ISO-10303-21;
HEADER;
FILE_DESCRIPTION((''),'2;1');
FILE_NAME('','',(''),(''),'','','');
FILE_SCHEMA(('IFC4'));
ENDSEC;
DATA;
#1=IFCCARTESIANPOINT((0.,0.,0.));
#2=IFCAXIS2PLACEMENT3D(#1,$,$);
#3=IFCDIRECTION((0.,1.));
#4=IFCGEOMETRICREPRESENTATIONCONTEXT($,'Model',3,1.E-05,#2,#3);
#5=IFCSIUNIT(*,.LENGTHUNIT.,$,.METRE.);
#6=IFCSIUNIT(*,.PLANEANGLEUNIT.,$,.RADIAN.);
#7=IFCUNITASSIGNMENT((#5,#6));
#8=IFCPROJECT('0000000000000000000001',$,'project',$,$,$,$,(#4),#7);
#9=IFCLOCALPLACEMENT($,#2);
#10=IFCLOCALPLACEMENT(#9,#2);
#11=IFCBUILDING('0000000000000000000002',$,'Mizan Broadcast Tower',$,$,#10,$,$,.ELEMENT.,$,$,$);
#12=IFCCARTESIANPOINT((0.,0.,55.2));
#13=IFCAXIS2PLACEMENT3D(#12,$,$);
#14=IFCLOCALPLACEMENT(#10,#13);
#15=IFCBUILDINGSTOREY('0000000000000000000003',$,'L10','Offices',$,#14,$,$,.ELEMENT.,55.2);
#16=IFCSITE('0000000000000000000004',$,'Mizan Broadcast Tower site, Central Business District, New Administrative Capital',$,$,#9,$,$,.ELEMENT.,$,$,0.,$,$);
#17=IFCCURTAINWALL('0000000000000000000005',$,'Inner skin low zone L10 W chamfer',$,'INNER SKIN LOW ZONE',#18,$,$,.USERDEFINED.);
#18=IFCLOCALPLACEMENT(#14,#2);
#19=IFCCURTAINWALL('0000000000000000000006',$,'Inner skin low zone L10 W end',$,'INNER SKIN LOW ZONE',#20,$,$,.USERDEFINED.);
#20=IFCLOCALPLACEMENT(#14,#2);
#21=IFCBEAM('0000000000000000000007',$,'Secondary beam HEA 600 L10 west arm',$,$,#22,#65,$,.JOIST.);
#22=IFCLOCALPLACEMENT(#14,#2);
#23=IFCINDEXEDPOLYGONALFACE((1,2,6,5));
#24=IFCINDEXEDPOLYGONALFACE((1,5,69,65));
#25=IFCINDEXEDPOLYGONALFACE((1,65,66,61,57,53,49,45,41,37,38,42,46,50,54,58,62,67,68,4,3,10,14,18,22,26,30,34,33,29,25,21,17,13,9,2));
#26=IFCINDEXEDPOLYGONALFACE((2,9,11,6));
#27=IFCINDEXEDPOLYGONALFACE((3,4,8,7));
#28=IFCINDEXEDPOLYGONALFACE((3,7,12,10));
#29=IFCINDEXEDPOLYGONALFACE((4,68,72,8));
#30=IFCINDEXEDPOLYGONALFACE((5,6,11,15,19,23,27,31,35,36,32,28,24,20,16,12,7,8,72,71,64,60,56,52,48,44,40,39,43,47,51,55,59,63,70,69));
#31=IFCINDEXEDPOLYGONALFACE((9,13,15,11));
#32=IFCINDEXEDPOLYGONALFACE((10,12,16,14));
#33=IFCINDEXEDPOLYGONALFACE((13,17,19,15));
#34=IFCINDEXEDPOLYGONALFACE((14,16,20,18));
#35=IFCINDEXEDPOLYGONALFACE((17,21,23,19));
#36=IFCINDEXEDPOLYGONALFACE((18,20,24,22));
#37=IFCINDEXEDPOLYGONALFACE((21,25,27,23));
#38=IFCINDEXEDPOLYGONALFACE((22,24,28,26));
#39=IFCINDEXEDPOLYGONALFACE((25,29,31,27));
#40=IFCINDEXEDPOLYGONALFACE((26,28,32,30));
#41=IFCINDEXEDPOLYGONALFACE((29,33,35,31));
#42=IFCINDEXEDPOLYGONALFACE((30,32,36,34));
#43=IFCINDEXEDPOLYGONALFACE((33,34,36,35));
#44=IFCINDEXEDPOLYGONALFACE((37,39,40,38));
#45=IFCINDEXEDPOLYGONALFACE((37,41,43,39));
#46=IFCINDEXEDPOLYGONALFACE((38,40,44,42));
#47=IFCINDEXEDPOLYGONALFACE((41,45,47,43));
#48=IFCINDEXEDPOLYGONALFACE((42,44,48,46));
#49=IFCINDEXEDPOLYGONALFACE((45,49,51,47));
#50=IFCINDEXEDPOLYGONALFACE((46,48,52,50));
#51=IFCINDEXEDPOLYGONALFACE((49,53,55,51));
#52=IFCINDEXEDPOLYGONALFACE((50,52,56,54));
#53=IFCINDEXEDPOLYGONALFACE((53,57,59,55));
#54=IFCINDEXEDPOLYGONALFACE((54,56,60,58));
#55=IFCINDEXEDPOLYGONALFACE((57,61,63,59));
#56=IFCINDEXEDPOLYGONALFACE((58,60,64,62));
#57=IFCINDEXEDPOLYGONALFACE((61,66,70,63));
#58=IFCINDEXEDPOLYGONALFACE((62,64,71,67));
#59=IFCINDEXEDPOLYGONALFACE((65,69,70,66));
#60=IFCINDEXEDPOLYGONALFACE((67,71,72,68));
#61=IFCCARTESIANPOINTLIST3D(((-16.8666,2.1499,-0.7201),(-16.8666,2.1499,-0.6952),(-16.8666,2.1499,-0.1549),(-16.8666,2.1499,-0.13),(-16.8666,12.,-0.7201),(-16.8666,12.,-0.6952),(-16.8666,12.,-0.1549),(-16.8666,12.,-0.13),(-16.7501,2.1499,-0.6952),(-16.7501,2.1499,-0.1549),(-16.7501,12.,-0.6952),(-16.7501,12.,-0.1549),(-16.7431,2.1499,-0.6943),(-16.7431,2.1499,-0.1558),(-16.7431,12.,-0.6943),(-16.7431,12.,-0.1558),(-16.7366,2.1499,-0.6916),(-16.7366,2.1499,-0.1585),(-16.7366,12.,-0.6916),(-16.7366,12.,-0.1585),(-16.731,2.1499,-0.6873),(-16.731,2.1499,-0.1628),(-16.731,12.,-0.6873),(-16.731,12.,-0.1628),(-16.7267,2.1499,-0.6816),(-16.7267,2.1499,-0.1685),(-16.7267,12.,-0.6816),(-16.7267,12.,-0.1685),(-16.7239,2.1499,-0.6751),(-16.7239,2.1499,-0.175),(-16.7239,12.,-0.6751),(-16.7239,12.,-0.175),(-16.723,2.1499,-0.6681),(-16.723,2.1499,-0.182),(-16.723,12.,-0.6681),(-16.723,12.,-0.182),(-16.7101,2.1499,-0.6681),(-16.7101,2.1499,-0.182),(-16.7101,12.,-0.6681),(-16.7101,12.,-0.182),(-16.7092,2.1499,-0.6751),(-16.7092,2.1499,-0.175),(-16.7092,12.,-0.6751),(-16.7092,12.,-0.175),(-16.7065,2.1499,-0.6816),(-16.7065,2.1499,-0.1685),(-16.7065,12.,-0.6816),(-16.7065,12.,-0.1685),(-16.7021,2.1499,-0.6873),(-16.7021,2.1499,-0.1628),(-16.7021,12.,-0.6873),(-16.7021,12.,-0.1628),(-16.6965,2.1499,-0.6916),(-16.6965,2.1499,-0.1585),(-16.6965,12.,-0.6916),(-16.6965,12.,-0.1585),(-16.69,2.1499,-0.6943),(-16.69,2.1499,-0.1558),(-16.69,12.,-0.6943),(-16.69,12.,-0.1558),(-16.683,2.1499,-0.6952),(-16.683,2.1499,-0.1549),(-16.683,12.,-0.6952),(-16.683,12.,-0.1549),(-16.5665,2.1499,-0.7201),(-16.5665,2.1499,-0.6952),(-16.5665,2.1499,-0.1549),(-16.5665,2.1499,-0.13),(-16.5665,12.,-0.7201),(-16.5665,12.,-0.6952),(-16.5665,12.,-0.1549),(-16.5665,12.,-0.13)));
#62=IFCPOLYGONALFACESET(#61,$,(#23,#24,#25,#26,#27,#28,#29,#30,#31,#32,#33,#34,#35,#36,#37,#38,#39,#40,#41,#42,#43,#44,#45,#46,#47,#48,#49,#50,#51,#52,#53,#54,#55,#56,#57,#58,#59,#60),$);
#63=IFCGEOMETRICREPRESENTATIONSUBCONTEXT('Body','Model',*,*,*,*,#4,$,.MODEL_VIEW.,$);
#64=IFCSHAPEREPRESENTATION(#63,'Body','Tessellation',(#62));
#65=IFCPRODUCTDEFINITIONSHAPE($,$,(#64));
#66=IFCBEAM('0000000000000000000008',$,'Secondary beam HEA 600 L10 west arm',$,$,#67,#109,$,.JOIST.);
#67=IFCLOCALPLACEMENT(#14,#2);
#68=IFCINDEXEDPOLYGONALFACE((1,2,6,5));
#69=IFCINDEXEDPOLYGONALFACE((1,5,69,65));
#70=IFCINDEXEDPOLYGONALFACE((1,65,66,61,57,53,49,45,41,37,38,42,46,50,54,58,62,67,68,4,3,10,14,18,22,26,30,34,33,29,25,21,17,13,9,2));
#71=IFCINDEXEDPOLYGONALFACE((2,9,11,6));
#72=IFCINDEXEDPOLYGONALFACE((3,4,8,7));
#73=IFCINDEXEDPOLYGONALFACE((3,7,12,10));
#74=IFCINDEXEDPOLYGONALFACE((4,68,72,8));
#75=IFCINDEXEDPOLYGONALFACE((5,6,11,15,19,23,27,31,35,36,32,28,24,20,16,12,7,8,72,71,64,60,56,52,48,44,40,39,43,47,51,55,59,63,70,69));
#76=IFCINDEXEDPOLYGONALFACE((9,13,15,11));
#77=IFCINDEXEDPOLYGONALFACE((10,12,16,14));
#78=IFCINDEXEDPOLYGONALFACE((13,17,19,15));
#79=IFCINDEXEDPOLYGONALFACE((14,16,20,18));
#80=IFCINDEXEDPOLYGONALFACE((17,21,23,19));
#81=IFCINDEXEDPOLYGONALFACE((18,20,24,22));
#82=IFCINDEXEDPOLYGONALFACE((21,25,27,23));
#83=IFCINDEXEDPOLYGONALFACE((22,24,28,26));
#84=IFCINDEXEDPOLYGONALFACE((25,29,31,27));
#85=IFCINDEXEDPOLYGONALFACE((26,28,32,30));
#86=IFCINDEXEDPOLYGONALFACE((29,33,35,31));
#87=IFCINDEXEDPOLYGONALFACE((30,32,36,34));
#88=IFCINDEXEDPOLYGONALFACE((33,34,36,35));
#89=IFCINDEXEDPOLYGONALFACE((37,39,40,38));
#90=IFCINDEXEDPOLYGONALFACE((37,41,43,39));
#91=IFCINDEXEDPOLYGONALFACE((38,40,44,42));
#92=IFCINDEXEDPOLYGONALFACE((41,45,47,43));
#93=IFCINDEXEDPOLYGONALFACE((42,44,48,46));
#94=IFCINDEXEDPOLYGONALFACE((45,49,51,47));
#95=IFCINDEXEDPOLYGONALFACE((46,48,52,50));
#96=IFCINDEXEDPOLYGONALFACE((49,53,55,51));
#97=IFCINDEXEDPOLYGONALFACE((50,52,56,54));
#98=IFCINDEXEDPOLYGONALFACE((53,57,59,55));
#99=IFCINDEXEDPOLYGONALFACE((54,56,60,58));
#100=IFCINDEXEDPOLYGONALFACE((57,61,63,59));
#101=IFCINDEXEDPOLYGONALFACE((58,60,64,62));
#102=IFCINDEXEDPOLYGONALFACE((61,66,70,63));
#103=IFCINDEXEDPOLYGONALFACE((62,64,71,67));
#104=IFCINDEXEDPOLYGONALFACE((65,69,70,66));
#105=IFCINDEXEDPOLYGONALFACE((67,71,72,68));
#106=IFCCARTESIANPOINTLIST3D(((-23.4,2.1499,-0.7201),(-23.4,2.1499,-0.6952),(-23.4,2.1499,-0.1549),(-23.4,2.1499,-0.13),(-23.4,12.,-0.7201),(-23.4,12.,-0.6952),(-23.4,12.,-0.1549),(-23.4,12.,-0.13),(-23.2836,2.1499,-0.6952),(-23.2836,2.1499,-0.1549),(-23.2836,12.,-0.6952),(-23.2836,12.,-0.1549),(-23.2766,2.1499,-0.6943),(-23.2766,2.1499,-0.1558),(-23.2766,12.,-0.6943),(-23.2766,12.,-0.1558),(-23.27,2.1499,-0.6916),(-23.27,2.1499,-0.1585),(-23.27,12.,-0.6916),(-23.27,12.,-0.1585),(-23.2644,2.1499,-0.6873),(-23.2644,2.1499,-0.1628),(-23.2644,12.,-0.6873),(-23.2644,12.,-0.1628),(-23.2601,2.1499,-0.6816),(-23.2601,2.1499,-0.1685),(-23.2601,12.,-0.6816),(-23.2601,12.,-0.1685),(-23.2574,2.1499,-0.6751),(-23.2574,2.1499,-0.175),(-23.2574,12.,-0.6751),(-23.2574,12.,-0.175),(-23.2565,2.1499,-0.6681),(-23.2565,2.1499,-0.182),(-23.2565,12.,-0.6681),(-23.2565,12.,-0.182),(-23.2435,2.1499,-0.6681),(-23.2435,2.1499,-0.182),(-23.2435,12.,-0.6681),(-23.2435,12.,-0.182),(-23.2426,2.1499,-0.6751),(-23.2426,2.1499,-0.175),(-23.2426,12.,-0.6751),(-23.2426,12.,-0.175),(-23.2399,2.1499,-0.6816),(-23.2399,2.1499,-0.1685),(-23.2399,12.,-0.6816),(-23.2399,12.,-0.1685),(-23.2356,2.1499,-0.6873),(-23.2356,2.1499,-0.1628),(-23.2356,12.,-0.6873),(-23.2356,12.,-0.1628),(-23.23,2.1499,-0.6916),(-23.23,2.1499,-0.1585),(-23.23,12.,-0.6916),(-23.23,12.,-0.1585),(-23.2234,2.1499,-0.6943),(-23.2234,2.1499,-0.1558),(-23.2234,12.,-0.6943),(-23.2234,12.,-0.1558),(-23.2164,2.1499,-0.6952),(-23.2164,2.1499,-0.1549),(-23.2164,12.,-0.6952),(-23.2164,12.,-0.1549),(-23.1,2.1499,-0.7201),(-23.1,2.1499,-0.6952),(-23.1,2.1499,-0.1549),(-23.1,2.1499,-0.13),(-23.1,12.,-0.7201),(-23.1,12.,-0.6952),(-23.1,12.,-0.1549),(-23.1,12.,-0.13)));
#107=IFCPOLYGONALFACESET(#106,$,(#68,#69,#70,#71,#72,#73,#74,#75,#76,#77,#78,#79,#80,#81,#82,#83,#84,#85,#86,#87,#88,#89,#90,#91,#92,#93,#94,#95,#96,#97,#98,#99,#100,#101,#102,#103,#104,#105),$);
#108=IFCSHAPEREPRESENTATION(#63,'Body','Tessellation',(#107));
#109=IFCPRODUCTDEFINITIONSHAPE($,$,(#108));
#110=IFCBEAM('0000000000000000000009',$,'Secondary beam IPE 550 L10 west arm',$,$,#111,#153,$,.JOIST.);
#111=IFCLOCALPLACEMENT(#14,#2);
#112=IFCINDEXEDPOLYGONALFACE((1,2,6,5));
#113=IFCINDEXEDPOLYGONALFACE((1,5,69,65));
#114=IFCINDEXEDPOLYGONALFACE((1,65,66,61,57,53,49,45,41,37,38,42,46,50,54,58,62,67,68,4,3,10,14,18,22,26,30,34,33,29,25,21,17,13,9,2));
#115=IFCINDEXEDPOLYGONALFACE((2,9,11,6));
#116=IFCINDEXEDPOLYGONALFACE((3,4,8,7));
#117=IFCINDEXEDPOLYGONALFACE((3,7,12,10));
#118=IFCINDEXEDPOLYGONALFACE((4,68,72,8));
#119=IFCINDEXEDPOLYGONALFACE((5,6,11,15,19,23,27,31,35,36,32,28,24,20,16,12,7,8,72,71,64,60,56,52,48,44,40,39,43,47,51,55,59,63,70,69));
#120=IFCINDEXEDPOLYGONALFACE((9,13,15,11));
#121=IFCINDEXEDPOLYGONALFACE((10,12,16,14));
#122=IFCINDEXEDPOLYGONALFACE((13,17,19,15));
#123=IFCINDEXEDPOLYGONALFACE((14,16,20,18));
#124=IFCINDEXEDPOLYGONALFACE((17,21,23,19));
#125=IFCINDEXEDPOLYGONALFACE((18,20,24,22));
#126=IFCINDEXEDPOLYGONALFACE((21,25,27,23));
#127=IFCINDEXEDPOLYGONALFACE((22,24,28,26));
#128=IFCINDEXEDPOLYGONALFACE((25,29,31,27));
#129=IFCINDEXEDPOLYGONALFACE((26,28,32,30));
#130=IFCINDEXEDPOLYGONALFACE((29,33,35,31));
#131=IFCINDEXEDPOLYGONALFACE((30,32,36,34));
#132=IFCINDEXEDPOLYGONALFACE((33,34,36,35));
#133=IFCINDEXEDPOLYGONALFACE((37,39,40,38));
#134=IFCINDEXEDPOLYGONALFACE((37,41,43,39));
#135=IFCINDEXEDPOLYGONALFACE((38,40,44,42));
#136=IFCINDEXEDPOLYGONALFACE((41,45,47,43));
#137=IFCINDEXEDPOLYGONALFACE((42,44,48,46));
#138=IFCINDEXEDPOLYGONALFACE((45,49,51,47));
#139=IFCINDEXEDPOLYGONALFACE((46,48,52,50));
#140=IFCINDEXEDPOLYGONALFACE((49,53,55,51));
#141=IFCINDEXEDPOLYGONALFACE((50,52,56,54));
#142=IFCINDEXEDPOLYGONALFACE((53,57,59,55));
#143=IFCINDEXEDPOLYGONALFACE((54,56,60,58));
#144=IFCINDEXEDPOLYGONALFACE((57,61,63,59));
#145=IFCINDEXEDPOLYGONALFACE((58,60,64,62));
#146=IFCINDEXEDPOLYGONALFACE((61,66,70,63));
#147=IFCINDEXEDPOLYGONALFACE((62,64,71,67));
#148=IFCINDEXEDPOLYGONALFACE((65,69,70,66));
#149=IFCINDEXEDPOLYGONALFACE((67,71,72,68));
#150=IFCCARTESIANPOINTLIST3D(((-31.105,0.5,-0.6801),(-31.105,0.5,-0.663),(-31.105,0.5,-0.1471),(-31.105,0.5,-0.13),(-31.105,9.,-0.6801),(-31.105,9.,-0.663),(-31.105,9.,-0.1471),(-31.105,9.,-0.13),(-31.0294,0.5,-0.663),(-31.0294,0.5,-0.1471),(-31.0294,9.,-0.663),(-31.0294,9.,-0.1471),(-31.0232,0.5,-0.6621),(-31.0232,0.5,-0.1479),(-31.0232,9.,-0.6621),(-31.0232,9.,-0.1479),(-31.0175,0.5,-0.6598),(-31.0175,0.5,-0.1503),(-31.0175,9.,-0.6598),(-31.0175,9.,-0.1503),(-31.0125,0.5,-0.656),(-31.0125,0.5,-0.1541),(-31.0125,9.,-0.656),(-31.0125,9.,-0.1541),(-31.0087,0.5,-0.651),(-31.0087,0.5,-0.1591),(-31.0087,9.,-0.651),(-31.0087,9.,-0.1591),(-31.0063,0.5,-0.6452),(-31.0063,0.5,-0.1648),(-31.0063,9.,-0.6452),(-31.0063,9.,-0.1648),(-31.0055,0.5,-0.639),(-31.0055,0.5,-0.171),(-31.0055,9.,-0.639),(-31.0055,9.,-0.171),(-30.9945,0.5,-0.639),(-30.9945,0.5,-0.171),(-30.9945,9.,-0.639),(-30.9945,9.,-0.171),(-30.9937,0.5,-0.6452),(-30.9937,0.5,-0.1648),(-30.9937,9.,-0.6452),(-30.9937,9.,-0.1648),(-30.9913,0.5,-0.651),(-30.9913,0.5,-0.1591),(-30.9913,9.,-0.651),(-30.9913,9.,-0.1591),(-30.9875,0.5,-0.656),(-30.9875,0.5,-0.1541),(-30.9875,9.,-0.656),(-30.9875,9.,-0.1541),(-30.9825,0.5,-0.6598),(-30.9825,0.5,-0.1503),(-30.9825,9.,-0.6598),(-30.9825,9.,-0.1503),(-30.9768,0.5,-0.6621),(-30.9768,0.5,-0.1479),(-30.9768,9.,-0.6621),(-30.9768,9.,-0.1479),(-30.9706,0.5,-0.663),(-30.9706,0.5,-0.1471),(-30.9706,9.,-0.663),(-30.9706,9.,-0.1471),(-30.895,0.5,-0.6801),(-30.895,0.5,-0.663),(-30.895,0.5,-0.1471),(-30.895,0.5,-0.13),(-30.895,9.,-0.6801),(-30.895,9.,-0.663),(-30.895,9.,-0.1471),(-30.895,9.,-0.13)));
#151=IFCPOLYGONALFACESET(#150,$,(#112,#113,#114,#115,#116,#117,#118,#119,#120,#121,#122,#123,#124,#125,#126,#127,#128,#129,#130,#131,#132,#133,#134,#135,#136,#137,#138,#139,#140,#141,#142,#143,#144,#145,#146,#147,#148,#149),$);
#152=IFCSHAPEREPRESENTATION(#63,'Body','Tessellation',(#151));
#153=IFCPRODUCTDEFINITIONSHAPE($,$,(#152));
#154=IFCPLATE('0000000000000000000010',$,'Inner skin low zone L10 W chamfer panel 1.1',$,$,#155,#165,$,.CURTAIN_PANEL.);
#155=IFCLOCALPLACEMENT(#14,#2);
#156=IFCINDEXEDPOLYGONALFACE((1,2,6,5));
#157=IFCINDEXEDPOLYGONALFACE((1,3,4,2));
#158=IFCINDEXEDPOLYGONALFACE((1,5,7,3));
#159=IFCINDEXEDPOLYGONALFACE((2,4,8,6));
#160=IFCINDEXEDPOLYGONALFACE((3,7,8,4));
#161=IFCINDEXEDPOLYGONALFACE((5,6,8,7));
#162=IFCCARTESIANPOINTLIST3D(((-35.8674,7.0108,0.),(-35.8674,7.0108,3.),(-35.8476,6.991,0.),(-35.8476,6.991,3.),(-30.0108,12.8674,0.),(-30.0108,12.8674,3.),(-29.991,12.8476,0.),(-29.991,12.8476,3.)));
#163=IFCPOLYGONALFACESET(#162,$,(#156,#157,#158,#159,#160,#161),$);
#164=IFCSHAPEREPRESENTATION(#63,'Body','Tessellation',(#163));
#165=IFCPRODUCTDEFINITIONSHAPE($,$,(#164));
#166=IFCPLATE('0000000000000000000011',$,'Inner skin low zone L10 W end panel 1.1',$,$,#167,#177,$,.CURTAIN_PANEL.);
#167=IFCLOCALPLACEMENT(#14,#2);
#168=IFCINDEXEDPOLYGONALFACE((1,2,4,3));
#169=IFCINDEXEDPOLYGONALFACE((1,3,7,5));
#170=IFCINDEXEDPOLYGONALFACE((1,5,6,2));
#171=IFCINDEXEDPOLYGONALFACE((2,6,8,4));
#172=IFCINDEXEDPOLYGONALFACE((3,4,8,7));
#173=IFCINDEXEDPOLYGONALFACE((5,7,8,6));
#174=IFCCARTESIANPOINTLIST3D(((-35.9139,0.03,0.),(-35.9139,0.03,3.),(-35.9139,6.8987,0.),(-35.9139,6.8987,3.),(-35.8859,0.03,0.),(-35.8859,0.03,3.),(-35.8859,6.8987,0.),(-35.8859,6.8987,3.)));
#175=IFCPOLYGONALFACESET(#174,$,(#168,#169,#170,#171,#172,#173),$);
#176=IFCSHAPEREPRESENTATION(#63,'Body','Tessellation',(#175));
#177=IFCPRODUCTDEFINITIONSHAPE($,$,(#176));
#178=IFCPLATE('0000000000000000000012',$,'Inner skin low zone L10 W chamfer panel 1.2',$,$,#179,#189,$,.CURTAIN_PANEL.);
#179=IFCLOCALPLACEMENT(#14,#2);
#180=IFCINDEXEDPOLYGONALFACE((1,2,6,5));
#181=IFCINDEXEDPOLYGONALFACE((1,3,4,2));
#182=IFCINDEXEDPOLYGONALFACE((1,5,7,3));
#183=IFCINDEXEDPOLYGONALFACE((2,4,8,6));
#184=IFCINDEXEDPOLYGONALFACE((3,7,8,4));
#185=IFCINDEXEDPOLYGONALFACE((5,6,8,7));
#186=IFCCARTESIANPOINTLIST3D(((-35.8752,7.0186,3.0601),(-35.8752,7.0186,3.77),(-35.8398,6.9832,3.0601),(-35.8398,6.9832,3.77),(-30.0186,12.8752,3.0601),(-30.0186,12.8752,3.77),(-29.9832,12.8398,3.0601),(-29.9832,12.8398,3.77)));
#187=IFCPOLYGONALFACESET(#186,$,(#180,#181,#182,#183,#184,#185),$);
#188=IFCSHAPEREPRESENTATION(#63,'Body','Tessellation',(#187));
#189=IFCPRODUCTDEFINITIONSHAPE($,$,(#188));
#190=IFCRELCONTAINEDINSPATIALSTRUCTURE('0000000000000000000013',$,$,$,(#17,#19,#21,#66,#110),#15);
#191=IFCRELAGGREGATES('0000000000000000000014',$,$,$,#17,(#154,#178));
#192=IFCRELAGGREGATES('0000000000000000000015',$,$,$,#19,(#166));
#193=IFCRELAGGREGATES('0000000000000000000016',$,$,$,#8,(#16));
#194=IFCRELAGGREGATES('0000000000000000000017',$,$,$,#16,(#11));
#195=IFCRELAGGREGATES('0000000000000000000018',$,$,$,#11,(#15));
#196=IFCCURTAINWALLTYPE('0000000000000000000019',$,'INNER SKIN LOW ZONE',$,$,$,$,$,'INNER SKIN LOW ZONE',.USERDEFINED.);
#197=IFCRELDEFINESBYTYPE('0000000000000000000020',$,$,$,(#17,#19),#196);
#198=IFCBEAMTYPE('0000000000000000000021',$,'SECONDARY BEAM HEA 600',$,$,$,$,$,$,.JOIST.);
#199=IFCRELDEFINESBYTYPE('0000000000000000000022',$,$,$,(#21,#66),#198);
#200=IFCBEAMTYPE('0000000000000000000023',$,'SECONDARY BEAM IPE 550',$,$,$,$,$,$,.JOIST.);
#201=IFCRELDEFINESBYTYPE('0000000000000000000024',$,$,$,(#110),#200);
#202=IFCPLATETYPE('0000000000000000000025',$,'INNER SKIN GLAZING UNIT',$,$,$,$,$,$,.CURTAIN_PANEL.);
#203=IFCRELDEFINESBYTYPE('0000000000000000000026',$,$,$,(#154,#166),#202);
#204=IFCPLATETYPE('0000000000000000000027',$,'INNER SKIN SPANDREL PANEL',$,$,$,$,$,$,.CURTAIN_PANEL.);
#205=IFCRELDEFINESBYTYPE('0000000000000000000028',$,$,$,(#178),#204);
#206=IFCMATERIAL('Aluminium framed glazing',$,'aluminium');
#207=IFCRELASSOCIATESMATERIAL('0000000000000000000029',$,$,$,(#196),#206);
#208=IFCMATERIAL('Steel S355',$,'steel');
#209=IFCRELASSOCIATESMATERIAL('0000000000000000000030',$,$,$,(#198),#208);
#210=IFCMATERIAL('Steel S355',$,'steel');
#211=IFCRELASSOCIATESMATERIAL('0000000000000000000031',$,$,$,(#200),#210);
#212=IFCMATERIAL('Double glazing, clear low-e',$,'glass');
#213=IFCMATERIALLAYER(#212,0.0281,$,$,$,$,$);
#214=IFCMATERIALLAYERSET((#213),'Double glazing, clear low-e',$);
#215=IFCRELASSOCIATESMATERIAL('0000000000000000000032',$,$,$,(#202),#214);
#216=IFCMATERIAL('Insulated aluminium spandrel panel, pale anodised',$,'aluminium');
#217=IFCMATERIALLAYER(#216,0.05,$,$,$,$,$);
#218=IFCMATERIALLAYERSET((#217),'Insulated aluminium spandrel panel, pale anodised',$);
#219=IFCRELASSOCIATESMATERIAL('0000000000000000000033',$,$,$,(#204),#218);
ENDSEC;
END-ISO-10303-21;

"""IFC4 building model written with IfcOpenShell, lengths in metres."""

from ifc_helpers import new_model, si_unit, direction, frame, origin, origin_2d, place, context, subcontext, project, spatial, rectangle, i_section, extrude, material, layer, layer_set, material_profile, profile_set, type_object, element, aggregate, save


model = new_model("IFC4")

# Units and contexts
model_context = context("Model", 3, precision=1e-05, world=origin(), true_north=direction((0.0, 1.0)))
body_context = subcontext(model_context, "Body", "Model", "MODEL_VIEW")
ifc_project = project(units=[si_unit("LENGTHUNIT", "METRE"), si_unit("PLANEANGLEUNIT", "RADIAN")], contexts=[model_context])

# Site, building, storey
site_placement = place(None, origin())
site = spatial("IfcSite", under=ifc_project, at=site_placement, Name="Mizan Broadcast Tower site, Central Business District, New Administrative Capital", CompositionType="ELEMENT", RefElevation=0.0)
building_placement = place(site_placement, origin())
building = spatial("IfcBuilding", under=site, at=building_placement, Name="Mizan Broadcast Tower", CompositionType="ELEMENT")
storey_placement = place(building_placement, frame((0.0, 0.0, 55.2)))
storey = spatial("IfcBuildingStorey", under=building, at=storey_placement, Name="L10", Description="Offices", CompositionType="ELEMENT", Elevation=55.2)

# Curtain walls
ifc_material_1 = material(Name="Aluminium framed glazing", Category="aluminium")
curtain_wall_type_1 = type_object("IfcCurtainWallType", Name="INNER SKIN LOW ZONE", ElementType="INNER SKIN LOW ZONE", PredefinedType="USERDEFINED", material=ifc_material_1)
curtain_wall_1_placement = place(storey_placement, origin())
curtain_wall_1 = element("IfcCurtainWall", 1, at=curtain_wall_1_placement, inside=storey, type_object=curtain_wall_type_1, Name="Inner skin low zone L10 W chamfer", ObjectType="INNER SKIN LOW ZONE", PredefinedType="USERDEFINED")
curtain_wall_2_placement = place(storey_placement, origin())
curtain_wall_2 = element("IfcCurtainWall", 2, at=curtain_wall_2_placement, inside=storey, type_object=curtain_wall_type_1, Name="Inner skin low zone L10 W end", ObjectType="INNER SKIN LOW ZONE", PredefinedType="USERDEFINED")

# Beams
ifc_material_2 = material(Name="Steel S355", Category="steel")
ifc_material_profile_1 = material_profile(ifc_material_2, i_section(OverallWidth=0.3, OverallDepth=0.5901, WebThickness=0.0129, FlangeThickness=0.0249, FilletRadius=0.0271, at=origin_2d()), Name="HEA 600")
ifc_profile_set_1 = profile_set([ifc_material_profile_1], Name="Steel S355")
beam_type_1 = type_object("IfcBeamType", Name="SECONDARY BEAM HEA 600", PredefinedType="JOIST", material=ifc_profile_set_1)
for number, where, z_axis, x_axis, name in (
    (3, (-16.7166, 12.0, -0.425), (0.0, -1.0, 0.0), (1.0, 0.0, 0.0), "Secondary beam HEA 600 L10 west arm"),
    (4, (-23.25, 12.0, -0.425), (0.0, -1.0, 0.0), (1.0, 0.0, 0.0), "Secondary beam HEA 600 L10 west arm"),
):
    element("IfcBeam", number, at=place(storey_placement, frame(where, z_axis=z_axis, x_axis=x_axis)), inside=storey, type_object=beam_type_1, Name=name, PredefinedType="JOIST", context=body_context, shape_type="SweptSolid", body=[
        extrude(i_section(OverallWidth=0.3, OverallDepth=0.5901, WebThickness=0.0129, FlangeThickness=0.0249, FilletRadius=0.0271, at=origin_2d()), origin(), (0.0, 0.0, 1.0), 9.8501),
    ])
ifc_material_3 = material(Name="Steel S355", Category="steel")
ifc_material_profile_2 = material_profile(ifc_material_3, i_section(OverallWidth=0.21, OverallDepth=0.55, WebThickness=0.011, FlangeThickness=0.0171, FilletRadius=0.0239, at=origin_2d()), Name="IPE 550")
ifc_profile_set_2 = profile_set([ifc_material_profile_2], Name="Steel S355")
beam_type_2 = type_object("IfcBeamType", Name="SECONDARY BEAM IPE 550", PredefinedType="JOIST", material=ifc_profile_set_2)
beam_1_placement = place(storey_placement, frame((-31.0, 9.0, -0.405), z_axis=(0.0, -1.0, 0.0), x_axis=(1.0, 0.0, 0.0)))
element("IfcBeam", 5, at=beam_1_placement, inside=storey, type_object=beam_type_2, Name="Secondary beam IPE 550 L10 west arm", PredefinedType="JOIST", context=body_context, shape_type="SweptSolid", body=[
    extrude(i_section(OverallWidth=0.21, OverallDepth=0.55, WebThickness=0.011, FlangeThickness=0.0171, FilletRadius=0.0239, at=origin_2d()), origin(), (0.0, 0.0, 1.0), 8.5),
])

# Plates
ifc_material_4 = material(Name="Double glazing, clear low-e", Category="glass")
ifc_layer_1 = layer(ifc_material_4, 0.0281)
ifc_layer_set_1 = layer_set([ifc_layer_1], Name="Double glazing, clear low-e")
plate_type_1 = type_object("IfcPlateType", Name="INNER SKIN GLAZING UNIT", PredefinedType="CURTAIN_PANEL", material=ifc_layer_set_1)
plate_1_placement = place(storey_placement, frame((-32.9292, 9.9292, 0.0), z_axis=(0.0, 0.0, 1.0), x_axis=(-0.707107, -0.707107, 0.0)))
plate_1 = element("IfcPlate", 6, at=plate_1_placement, type_object=plate_type_1, Name="Inner skin low zone L10 W chamfer panel 1.1", PredefinedType="CURTAIN_PANEL", context=body_context, shape_type="SweptSolid", body=[
    extrude(rectangle(XDim=8.2825, YDim=0.0281, at=origin_2d()), origin(), (0.0, 0.0, 1.0), 3.0),
])
plate_2_placement = place(storey_placement, frame((-35.8999, 3.4644, 0.0), z_axis=(0.0, 0.0, 1.0), x_axis=(0.0, -1.0, 0.0)))
plate_2 = element("IfcPlate", 7, at=plate_2_placement, type_object=plate_type_1, Name="Inner skin low zone L10 W end panel 1.1", PredefinedType="CURTAIN_PANEL", context=body_context, shape_type="SweptSolid", body=[
    extrude(rectangle(XDim=6.8687, YDim=0.0281, at=origin_2d()), origin(), (0.0, 0.0, 1.0), 3.0),
])
ifc_material_5 = material(Name="Insulated aluminium spandrel panel, pale anodised", Category="aluminium")
ifc_layer_2 = layer(ifc_material_5, 0.05)
ifc_layer_set_2 = layer_set([ifc_layer_2], Name="Insulated aluminium spandrel panel, pale anodised")
plate_type_2 = type_object("IfcPlateType", Name="INNER SKIN SPANDREL PANEL", PredefinedType="CURTAIN_PANEL", material=ifc_layer_set_2)
plate_3_placement = place(storey_placement, frame((-32.9292, 9.9292, 3.0601), z_axis=(0.0, 0.0, 1.0), x_axis=(-0.707107, -0.707107, 0.0)))
plate_3 = element("IfcPlate", 8, at=plate_3_placement, type_object=plate_type_2, Name="Inner skin low zone L10 W chamfer panel 1.2", PredefinedType="CURTAIN_PANEL", context=body_context, shape_type="SweptSolid", body=[
    extrude(rectangle(XDim=8.2825, YDim=0.05, at=origin_2d()), origin(), (0.0, 0.0, 1.0), 0.71),
])
aggregate(curtain_wall_1, [plate_1, plate_3])
aggregate(curtain_wall_2, [plate_2])

save(model, "model.ifc")
